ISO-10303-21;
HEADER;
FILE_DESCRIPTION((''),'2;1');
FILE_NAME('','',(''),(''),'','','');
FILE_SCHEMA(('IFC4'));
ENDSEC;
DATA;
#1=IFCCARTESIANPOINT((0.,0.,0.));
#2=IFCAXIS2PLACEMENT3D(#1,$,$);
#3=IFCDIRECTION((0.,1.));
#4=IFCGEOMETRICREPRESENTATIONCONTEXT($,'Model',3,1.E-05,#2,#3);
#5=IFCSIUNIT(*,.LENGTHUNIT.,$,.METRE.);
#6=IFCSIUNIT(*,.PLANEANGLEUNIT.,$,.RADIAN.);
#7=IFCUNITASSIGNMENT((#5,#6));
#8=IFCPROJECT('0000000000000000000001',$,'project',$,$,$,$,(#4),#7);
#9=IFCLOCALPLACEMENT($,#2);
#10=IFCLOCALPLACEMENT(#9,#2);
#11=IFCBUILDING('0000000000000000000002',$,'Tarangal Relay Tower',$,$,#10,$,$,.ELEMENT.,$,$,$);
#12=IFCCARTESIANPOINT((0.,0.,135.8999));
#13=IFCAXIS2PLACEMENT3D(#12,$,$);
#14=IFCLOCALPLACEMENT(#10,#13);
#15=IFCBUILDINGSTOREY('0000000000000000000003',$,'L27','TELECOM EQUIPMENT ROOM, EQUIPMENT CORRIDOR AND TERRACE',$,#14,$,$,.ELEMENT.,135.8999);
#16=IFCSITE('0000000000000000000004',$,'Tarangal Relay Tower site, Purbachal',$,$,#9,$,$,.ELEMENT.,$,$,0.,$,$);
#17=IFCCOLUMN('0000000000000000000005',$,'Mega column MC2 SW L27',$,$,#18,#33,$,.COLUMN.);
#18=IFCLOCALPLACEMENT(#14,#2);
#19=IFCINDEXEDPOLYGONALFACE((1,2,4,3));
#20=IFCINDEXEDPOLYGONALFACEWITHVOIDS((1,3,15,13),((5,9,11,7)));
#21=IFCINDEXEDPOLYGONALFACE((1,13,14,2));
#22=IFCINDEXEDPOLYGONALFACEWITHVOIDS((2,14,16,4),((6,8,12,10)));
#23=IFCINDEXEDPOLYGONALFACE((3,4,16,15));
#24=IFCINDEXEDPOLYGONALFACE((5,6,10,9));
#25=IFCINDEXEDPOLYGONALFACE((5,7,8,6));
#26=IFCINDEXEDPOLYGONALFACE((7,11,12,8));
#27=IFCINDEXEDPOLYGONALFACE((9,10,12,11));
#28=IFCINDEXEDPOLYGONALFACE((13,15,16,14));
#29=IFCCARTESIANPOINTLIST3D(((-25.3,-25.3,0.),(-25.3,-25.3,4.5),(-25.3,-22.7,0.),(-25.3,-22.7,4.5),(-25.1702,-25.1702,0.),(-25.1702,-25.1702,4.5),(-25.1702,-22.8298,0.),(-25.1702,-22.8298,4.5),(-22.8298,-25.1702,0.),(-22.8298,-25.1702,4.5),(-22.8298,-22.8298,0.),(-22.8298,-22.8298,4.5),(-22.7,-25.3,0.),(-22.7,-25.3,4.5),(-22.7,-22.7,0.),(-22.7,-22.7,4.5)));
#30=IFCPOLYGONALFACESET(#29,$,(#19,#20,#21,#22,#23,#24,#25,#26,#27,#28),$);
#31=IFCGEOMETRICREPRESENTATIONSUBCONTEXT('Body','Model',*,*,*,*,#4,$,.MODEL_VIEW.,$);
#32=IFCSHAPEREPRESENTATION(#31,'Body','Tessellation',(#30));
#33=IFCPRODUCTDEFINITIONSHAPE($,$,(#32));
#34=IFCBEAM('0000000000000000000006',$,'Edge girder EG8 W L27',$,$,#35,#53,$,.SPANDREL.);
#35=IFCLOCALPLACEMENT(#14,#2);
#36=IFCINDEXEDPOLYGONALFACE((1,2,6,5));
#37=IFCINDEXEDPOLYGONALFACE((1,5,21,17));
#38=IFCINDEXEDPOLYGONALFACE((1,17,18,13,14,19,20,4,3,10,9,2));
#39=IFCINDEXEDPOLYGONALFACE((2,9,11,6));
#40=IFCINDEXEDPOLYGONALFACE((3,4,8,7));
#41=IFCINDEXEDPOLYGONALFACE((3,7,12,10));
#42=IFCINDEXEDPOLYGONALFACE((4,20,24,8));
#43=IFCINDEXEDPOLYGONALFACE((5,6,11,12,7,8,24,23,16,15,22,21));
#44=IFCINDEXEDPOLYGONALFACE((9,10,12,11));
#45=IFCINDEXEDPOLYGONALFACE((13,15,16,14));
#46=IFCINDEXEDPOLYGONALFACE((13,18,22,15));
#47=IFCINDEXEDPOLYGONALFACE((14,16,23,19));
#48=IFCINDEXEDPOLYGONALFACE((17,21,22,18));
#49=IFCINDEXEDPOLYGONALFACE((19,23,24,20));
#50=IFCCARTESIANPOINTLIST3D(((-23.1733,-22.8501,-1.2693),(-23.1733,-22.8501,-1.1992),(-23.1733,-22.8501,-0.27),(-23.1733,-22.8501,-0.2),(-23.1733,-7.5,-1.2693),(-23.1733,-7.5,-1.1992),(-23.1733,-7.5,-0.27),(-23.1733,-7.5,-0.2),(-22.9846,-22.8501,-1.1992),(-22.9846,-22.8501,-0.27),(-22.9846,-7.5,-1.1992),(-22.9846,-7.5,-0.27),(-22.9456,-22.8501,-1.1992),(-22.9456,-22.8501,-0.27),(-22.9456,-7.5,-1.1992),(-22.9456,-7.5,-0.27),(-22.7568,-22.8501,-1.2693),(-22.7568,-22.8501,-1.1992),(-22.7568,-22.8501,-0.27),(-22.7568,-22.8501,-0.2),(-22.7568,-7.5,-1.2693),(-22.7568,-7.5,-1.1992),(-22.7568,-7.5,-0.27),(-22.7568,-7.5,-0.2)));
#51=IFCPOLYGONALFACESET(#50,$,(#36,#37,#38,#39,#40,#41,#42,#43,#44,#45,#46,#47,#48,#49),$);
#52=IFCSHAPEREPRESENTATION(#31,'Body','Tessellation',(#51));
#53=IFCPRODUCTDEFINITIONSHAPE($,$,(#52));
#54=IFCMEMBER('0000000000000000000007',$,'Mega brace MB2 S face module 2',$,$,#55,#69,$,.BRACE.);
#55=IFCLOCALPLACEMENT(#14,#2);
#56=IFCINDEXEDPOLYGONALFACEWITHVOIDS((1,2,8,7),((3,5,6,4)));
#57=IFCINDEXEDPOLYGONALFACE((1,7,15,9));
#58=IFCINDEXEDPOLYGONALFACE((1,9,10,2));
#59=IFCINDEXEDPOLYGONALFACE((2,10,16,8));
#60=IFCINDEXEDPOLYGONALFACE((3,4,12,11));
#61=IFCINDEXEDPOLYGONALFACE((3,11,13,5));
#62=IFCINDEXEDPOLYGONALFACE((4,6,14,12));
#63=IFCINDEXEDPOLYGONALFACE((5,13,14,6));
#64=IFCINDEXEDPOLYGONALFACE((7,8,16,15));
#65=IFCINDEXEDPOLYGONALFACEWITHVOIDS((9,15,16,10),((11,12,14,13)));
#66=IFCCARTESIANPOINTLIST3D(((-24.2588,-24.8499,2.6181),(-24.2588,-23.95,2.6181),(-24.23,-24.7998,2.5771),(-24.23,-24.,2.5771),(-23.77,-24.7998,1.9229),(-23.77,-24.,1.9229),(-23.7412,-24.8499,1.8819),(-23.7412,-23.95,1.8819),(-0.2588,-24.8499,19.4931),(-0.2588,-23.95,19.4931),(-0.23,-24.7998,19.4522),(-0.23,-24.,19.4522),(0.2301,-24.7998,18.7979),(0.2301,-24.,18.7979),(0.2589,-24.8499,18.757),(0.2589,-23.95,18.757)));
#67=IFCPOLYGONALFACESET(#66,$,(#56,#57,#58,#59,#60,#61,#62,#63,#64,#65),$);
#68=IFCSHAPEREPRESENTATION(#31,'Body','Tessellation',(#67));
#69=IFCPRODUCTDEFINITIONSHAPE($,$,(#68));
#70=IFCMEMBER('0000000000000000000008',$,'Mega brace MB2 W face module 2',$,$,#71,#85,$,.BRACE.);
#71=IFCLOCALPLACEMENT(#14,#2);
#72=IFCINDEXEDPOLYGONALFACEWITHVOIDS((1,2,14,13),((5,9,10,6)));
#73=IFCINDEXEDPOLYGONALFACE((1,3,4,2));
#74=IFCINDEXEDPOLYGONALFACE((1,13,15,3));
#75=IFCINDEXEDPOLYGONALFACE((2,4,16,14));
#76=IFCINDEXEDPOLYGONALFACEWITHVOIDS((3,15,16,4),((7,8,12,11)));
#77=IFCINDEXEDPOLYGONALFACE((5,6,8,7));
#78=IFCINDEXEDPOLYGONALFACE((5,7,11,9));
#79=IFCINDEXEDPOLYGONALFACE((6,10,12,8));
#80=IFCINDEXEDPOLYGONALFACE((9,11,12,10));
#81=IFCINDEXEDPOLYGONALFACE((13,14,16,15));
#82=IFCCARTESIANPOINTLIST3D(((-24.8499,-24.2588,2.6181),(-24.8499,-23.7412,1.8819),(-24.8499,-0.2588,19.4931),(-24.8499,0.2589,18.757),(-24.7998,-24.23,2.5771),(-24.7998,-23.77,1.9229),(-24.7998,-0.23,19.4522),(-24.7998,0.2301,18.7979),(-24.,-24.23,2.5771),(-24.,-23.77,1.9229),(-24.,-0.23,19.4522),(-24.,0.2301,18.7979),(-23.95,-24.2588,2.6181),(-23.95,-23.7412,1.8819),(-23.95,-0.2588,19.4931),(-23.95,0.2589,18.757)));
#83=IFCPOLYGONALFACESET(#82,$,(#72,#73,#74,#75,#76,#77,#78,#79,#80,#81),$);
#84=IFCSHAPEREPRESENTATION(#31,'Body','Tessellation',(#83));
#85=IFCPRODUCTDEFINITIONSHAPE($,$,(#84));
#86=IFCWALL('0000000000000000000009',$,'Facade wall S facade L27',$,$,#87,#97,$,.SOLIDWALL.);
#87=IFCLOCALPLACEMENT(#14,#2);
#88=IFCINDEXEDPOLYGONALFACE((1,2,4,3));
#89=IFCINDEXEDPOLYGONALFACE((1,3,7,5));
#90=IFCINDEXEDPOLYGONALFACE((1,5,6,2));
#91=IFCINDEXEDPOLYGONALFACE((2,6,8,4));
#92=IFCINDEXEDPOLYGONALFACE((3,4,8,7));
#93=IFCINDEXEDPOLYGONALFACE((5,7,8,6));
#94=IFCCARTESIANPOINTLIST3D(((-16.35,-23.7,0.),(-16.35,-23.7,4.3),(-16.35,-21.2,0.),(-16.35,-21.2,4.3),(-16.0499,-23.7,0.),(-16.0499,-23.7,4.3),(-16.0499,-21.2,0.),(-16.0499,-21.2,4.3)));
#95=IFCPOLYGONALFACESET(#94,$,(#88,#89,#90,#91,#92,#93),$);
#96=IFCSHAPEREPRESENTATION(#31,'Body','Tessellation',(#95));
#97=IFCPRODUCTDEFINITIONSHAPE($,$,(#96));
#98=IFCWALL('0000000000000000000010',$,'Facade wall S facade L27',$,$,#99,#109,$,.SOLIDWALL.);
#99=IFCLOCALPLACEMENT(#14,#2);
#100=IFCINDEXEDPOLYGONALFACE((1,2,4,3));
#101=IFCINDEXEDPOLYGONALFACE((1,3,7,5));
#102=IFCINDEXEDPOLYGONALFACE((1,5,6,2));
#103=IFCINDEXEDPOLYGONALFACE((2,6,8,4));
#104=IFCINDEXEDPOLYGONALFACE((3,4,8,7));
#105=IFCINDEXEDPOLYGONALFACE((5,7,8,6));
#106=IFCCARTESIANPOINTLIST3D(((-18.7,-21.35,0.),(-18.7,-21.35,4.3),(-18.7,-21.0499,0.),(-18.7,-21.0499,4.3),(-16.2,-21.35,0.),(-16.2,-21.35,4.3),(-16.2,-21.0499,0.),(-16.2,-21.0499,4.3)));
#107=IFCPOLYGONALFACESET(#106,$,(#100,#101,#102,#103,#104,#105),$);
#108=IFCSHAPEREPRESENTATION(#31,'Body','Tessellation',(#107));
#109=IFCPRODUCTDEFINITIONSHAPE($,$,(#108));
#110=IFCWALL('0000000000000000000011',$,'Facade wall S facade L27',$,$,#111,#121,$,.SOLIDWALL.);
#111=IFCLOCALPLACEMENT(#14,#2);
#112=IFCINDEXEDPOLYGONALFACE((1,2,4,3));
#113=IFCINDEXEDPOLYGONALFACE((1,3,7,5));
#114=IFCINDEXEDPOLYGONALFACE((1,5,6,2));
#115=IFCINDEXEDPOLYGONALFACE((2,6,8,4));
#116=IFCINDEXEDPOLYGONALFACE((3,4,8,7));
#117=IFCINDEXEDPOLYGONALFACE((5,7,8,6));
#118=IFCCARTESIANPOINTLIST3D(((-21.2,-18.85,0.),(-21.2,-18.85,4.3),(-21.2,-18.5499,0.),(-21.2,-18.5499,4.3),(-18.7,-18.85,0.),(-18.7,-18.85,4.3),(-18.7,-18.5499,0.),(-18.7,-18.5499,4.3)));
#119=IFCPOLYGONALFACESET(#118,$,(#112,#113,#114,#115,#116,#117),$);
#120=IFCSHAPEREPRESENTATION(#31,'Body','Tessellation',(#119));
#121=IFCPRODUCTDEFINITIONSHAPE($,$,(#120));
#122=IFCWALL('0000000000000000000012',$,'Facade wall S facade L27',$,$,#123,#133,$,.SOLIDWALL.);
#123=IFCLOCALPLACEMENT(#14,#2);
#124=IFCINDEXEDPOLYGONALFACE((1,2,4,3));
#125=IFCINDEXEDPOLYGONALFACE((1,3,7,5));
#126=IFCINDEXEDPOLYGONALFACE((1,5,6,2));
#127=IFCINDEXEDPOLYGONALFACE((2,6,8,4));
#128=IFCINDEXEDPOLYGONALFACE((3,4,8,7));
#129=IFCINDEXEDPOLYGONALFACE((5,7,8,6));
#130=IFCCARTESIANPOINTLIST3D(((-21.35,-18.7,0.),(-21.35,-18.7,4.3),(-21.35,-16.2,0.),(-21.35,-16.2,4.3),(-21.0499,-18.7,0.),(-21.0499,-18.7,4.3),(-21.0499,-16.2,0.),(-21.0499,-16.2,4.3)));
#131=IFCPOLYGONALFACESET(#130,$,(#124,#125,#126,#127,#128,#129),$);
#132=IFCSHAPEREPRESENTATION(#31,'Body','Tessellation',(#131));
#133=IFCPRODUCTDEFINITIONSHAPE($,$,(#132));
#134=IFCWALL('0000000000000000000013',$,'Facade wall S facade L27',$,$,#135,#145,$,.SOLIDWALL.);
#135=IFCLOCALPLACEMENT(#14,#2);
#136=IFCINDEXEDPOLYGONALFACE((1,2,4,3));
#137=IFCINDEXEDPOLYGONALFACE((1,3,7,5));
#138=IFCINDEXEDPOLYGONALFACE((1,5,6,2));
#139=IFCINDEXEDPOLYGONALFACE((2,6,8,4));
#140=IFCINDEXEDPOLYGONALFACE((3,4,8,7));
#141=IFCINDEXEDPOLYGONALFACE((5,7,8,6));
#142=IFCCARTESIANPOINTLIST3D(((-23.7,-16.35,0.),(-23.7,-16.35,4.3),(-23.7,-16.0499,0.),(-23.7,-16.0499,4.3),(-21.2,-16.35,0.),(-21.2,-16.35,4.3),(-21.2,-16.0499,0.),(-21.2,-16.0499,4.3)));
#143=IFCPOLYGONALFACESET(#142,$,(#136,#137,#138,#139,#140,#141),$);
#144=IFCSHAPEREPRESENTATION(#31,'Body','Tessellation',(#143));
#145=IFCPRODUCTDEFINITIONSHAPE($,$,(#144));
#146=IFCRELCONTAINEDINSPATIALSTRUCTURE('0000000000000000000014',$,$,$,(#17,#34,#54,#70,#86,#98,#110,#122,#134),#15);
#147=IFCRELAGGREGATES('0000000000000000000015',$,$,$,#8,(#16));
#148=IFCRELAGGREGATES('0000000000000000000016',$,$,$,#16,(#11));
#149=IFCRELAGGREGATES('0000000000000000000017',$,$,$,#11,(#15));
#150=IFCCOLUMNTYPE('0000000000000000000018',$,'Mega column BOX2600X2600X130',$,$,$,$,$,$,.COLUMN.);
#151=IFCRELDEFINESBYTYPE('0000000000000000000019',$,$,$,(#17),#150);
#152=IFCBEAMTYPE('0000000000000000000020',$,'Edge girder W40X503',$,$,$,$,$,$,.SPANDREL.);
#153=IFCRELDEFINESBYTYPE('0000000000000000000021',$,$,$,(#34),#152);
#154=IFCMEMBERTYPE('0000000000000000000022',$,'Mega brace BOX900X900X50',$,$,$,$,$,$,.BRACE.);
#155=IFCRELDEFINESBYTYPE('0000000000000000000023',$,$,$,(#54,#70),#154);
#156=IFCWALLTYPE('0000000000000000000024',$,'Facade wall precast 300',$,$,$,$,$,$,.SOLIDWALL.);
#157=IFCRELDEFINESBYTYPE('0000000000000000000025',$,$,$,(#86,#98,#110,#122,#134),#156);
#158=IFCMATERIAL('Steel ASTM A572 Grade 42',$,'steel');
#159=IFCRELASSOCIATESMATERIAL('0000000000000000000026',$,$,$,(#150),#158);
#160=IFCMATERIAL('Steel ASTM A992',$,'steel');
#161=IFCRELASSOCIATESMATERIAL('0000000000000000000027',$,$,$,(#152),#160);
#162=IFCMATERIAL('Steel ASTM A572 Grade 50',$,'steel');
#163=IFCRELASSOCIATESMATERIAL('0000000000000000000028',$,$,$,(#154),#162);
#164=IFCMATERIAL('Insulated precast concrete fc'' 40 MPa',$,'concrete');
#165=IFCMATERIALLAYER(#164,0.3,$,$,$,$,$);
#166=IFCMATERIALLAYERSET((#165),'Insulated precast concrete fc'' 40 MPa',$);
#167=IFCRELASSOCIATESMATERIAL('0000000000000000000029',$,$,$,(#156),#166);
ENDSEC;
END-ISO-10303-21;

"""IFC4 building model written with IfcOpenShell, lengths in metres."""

from ifc_helpers import new_model, si_unit, direction, frame, frame_2d, origin, origin_2d, place, context, subcontext, project, spatial, rectangle, hollow_rectangle, i_section, extrude, material, layer, layer_set, material_profile, profile_set, type_object, element, save


model = new_model("IFC4")

# Units and contexts
model_context = context("Model", 3, precision=1e-05, world=origin(), true_north=direction((0.0, 1.0)))
body_context = subcontext(model_context, "Body", "Model", "MODEL_VIEW")
ifc_project = project(units=[si_unit("LENGTHUNIT", "METRE"), si_unit("PLANEANGLEUNIT", "RADIAN")], contexts=[model_context])

# Site, building, storey
site_placement = place(None, origin())
site = spatial("IfcSite", under=ifc_project, at=site_placement, Name="Tarangal Relay Tower site, Purbachal", CompositionType="ELEMENT", RefElevation=0.0)
building_placement = place(site_placement, origin())
building = spatial("IfcBuilding", under=site, at=building_placement, Name="Tarangal Relay Tower", CompositionType="ELEMENT")
storey_placement = place(building_placement, frame((0.0, 0.0, 135.8999)))
storey = spatial("IfcBuildingStorey", under=building, at=storey_placement, Name="L27", Description="TELECOM EQUIPMENT ROOM, EQUIPMENT CORRIDOR AND TERRACE", CompositionType="ELEMENT", Elevation=135.8999)

# Column
ifc_material_1 = material(Name="Steel ASTM A572 Grade 42", Category="steel")
ifc_material_profile_1 = material_profile(ifc_material_1, hollow_rectangle(XDim=2.6001, YDim=2.6001, WallThickness=0.1299, at=origin_2d()), Name="BOX2600X2600X130")
ifc_profile_set_1 = profile_set([ifc_material_profile_1], Name="Steel ASTM A572 Grade 42")
column_type = type_object("IfcColumnType", Name="Mega column BOX2600X2600X130", PredefinedType="COLUMN", material=ifc_profile_set_1)
column_placement = place(storey_placement, frame((-24.0, -24.0, 0.0), z_axis=(0.0, 0.0, 1.0), x_axis=(1.0, 0.0, 0.0)))
element("IfcColumn", 1, at=column_placement, inside=storey, type_object=column_type, Name="Mega column MC2 SW L27", PredefinedType="COLUMN", context=body_context, shape_type="SweptSolid", body=[
    extrude(hollow_rectangle(XDim=2.6001, YDim=2.6001, WallThickness=0.1299, at=origin_2d()), origin(), (0.0, 0.0, 1.0), 4.5),
])

# Beam
ifc_material_2 = material(Name="Steel ASTM A992", Category="steel")
ifc_material_profile_2 = material_profile(ifc_material_2, i_section(OverallWidth=0.4165, OverallDepth=1.0693, WebThickness=0.0391, FlangeThickness=0.0701, at=origin_2d()), Name="W40X503")
ifc_profile_set_2 = profile_set([ifc_material_profile_2], Name="Steel ASTM A992")
beam_type = type_object("IfcBeamType", Name="Edge girder W40X503", PredefinedType="SPANDREL", material=ifc_profile_set_2)
beam_placement = place(storey_placement, frame((-22.9651, -22.8501, -0.7346), z_axis=(0.0, 1.0, 0.0), x_axis=(-1.0, 0.0, 0.0)))
element("IfcBeam", 2, at=beam_placement, inside=storey, type_object=beam_type, Name="Edge girder EG8 W L27", PredefinedType="SPANDREL", context=body_context, shape_type="SweptSolid", body=[
    extrude(i_section(OverallWidth=0.4165, OverallDepth=1.0693, WebThickness=0.0391, FlangeThickness=0.0701, at=origin_2d()), origin(), (0.0, 0.0, 1.0), 15.3501),
])

# Members
ifc_material_3 = material(Name="Steel ASTM A572 Grade 50", Category="steel")
ifc_material_profile_3 = material_profile(ifc_material_3, hollow_rectangle(XDim=0.8999, YDim=0.8999, WallThickness=0.05, at=origin_2d()), Name="BOX900X900X50")
ifc_profile_set_3 = profile_set([ifc_material_profile_3], Name="Steel ASTM A572 Grade 50")
member_type = type_object("IfcMemberType", Name="Mega brace BOX900X900X50", PredefinedType="BRACE", material=ifc_profile_set_3)
for number, where, z_axis, x_axis, name in (
    (3, (-24.0, -24.3999, 2.25), (0.818029, 0.0, 0.575177), (0.0, 1.0, 0.0), "Mega brace MB2 S face module 2"),
    (4, (-24.3999, -24.0, 2.25), (0.0, 0.818029, 0.575177), (-1.0, 0.0, 0.0), "Mega brace MB2 W face module 2"),
):
    element("IfcMember", number, at=place(storey_placement, frame(where, z_axis=z_axis, x_axis=x_axis)), inside=storey, type_object=member_type, Name=name, PredefinedType="BRACE", context=body_context, shape_type="SweptSolid", body=[
        extrude(hollow_rectangle(XDim=0.8999, YDim=0.8999, WallThickness=0.05, at=origin_2d()), origin(), (0.0, 0.0, 1.0), 29.3389),
    ])

# Walls
ifc_material_4 = material(Name="Insulated precast concrete fc' 40 MPa", Category="concrete")
ifc_layer_1 = layer(ifc_material_4, 0.3)
ifc_layer_set_1 = layer_set([ifc_layer_1], Name="Insulated precast concrete fc' 40 MPa")
wall_type_1 = type_object("IfcWallType", Name="Facade wall precast 300", PredefinedType="SOLIDWALL", material=ifc_layer_set_1)
for number, where, z_axis, x_axis, name in (
    (5, (-16.2, -23.7, 0.0), (0.0, 0.0, 1.0), (0.0, 1.0, 0.0), "Facade wall S facade L27"),
    (6, (-16.2, -21.2, 0.0), (0.0, 0.0, 1.0), (-1.0, 0.0, 0.0), "Facade wall S facade L27"),
):
    element("IfcWall", number, at=place(storey_placement, frame(where, z_axis=z_axis, x_axis=x_axis)), inside=storey, type_object=wall_type_1, Name=name, PredefinedType="SOLIDWALL", context=body_context, shape_type="SweptSolid", body=[
        extrude(rectangle(XDim=2.5, YDim=0.3, at=frame_2d((1.25, 0.0))), origin(), (0.0, 0.0, 1.0), 4.3),
    ])

# Walls
for number, where, z_axis, x_axis, name in (
    (7, (-18.7, -18.7, 0.0), (0.0, 0.0, 1.0), (-1.0, 0.0, 0.0), "Facade wall S facade L27"),
    (8, (-21.2, -18.7, 0.0), (0.0, 0.0, 1.0), (0.0, 1.0, 0.0), "Facade wall S facade L27"),
    (9, (-21.2, -16.2, 0.0), (0.0, 0.0, 1.0), (-1.0, 0.0, 0.0), "Facade wall S facade L27"),
):
    element("IfcWall", number, at=place(storey_placement, frame(where, z_axis=z_axis, x_axis=x_axis)), inside=storey, type_object=wall_type_1, Name=name, PredefinedType="SOLIDWALL", context=body_context, shape_type="SweptSolid", body=[
        extrude(rectangle(XDim=2.5, YDim=0.3, at=frame_2d((1.25, 0.0))), origin(), (0.0, 0.0, 1.0), 4.3),
    ])

save(model, "model.ifc")
